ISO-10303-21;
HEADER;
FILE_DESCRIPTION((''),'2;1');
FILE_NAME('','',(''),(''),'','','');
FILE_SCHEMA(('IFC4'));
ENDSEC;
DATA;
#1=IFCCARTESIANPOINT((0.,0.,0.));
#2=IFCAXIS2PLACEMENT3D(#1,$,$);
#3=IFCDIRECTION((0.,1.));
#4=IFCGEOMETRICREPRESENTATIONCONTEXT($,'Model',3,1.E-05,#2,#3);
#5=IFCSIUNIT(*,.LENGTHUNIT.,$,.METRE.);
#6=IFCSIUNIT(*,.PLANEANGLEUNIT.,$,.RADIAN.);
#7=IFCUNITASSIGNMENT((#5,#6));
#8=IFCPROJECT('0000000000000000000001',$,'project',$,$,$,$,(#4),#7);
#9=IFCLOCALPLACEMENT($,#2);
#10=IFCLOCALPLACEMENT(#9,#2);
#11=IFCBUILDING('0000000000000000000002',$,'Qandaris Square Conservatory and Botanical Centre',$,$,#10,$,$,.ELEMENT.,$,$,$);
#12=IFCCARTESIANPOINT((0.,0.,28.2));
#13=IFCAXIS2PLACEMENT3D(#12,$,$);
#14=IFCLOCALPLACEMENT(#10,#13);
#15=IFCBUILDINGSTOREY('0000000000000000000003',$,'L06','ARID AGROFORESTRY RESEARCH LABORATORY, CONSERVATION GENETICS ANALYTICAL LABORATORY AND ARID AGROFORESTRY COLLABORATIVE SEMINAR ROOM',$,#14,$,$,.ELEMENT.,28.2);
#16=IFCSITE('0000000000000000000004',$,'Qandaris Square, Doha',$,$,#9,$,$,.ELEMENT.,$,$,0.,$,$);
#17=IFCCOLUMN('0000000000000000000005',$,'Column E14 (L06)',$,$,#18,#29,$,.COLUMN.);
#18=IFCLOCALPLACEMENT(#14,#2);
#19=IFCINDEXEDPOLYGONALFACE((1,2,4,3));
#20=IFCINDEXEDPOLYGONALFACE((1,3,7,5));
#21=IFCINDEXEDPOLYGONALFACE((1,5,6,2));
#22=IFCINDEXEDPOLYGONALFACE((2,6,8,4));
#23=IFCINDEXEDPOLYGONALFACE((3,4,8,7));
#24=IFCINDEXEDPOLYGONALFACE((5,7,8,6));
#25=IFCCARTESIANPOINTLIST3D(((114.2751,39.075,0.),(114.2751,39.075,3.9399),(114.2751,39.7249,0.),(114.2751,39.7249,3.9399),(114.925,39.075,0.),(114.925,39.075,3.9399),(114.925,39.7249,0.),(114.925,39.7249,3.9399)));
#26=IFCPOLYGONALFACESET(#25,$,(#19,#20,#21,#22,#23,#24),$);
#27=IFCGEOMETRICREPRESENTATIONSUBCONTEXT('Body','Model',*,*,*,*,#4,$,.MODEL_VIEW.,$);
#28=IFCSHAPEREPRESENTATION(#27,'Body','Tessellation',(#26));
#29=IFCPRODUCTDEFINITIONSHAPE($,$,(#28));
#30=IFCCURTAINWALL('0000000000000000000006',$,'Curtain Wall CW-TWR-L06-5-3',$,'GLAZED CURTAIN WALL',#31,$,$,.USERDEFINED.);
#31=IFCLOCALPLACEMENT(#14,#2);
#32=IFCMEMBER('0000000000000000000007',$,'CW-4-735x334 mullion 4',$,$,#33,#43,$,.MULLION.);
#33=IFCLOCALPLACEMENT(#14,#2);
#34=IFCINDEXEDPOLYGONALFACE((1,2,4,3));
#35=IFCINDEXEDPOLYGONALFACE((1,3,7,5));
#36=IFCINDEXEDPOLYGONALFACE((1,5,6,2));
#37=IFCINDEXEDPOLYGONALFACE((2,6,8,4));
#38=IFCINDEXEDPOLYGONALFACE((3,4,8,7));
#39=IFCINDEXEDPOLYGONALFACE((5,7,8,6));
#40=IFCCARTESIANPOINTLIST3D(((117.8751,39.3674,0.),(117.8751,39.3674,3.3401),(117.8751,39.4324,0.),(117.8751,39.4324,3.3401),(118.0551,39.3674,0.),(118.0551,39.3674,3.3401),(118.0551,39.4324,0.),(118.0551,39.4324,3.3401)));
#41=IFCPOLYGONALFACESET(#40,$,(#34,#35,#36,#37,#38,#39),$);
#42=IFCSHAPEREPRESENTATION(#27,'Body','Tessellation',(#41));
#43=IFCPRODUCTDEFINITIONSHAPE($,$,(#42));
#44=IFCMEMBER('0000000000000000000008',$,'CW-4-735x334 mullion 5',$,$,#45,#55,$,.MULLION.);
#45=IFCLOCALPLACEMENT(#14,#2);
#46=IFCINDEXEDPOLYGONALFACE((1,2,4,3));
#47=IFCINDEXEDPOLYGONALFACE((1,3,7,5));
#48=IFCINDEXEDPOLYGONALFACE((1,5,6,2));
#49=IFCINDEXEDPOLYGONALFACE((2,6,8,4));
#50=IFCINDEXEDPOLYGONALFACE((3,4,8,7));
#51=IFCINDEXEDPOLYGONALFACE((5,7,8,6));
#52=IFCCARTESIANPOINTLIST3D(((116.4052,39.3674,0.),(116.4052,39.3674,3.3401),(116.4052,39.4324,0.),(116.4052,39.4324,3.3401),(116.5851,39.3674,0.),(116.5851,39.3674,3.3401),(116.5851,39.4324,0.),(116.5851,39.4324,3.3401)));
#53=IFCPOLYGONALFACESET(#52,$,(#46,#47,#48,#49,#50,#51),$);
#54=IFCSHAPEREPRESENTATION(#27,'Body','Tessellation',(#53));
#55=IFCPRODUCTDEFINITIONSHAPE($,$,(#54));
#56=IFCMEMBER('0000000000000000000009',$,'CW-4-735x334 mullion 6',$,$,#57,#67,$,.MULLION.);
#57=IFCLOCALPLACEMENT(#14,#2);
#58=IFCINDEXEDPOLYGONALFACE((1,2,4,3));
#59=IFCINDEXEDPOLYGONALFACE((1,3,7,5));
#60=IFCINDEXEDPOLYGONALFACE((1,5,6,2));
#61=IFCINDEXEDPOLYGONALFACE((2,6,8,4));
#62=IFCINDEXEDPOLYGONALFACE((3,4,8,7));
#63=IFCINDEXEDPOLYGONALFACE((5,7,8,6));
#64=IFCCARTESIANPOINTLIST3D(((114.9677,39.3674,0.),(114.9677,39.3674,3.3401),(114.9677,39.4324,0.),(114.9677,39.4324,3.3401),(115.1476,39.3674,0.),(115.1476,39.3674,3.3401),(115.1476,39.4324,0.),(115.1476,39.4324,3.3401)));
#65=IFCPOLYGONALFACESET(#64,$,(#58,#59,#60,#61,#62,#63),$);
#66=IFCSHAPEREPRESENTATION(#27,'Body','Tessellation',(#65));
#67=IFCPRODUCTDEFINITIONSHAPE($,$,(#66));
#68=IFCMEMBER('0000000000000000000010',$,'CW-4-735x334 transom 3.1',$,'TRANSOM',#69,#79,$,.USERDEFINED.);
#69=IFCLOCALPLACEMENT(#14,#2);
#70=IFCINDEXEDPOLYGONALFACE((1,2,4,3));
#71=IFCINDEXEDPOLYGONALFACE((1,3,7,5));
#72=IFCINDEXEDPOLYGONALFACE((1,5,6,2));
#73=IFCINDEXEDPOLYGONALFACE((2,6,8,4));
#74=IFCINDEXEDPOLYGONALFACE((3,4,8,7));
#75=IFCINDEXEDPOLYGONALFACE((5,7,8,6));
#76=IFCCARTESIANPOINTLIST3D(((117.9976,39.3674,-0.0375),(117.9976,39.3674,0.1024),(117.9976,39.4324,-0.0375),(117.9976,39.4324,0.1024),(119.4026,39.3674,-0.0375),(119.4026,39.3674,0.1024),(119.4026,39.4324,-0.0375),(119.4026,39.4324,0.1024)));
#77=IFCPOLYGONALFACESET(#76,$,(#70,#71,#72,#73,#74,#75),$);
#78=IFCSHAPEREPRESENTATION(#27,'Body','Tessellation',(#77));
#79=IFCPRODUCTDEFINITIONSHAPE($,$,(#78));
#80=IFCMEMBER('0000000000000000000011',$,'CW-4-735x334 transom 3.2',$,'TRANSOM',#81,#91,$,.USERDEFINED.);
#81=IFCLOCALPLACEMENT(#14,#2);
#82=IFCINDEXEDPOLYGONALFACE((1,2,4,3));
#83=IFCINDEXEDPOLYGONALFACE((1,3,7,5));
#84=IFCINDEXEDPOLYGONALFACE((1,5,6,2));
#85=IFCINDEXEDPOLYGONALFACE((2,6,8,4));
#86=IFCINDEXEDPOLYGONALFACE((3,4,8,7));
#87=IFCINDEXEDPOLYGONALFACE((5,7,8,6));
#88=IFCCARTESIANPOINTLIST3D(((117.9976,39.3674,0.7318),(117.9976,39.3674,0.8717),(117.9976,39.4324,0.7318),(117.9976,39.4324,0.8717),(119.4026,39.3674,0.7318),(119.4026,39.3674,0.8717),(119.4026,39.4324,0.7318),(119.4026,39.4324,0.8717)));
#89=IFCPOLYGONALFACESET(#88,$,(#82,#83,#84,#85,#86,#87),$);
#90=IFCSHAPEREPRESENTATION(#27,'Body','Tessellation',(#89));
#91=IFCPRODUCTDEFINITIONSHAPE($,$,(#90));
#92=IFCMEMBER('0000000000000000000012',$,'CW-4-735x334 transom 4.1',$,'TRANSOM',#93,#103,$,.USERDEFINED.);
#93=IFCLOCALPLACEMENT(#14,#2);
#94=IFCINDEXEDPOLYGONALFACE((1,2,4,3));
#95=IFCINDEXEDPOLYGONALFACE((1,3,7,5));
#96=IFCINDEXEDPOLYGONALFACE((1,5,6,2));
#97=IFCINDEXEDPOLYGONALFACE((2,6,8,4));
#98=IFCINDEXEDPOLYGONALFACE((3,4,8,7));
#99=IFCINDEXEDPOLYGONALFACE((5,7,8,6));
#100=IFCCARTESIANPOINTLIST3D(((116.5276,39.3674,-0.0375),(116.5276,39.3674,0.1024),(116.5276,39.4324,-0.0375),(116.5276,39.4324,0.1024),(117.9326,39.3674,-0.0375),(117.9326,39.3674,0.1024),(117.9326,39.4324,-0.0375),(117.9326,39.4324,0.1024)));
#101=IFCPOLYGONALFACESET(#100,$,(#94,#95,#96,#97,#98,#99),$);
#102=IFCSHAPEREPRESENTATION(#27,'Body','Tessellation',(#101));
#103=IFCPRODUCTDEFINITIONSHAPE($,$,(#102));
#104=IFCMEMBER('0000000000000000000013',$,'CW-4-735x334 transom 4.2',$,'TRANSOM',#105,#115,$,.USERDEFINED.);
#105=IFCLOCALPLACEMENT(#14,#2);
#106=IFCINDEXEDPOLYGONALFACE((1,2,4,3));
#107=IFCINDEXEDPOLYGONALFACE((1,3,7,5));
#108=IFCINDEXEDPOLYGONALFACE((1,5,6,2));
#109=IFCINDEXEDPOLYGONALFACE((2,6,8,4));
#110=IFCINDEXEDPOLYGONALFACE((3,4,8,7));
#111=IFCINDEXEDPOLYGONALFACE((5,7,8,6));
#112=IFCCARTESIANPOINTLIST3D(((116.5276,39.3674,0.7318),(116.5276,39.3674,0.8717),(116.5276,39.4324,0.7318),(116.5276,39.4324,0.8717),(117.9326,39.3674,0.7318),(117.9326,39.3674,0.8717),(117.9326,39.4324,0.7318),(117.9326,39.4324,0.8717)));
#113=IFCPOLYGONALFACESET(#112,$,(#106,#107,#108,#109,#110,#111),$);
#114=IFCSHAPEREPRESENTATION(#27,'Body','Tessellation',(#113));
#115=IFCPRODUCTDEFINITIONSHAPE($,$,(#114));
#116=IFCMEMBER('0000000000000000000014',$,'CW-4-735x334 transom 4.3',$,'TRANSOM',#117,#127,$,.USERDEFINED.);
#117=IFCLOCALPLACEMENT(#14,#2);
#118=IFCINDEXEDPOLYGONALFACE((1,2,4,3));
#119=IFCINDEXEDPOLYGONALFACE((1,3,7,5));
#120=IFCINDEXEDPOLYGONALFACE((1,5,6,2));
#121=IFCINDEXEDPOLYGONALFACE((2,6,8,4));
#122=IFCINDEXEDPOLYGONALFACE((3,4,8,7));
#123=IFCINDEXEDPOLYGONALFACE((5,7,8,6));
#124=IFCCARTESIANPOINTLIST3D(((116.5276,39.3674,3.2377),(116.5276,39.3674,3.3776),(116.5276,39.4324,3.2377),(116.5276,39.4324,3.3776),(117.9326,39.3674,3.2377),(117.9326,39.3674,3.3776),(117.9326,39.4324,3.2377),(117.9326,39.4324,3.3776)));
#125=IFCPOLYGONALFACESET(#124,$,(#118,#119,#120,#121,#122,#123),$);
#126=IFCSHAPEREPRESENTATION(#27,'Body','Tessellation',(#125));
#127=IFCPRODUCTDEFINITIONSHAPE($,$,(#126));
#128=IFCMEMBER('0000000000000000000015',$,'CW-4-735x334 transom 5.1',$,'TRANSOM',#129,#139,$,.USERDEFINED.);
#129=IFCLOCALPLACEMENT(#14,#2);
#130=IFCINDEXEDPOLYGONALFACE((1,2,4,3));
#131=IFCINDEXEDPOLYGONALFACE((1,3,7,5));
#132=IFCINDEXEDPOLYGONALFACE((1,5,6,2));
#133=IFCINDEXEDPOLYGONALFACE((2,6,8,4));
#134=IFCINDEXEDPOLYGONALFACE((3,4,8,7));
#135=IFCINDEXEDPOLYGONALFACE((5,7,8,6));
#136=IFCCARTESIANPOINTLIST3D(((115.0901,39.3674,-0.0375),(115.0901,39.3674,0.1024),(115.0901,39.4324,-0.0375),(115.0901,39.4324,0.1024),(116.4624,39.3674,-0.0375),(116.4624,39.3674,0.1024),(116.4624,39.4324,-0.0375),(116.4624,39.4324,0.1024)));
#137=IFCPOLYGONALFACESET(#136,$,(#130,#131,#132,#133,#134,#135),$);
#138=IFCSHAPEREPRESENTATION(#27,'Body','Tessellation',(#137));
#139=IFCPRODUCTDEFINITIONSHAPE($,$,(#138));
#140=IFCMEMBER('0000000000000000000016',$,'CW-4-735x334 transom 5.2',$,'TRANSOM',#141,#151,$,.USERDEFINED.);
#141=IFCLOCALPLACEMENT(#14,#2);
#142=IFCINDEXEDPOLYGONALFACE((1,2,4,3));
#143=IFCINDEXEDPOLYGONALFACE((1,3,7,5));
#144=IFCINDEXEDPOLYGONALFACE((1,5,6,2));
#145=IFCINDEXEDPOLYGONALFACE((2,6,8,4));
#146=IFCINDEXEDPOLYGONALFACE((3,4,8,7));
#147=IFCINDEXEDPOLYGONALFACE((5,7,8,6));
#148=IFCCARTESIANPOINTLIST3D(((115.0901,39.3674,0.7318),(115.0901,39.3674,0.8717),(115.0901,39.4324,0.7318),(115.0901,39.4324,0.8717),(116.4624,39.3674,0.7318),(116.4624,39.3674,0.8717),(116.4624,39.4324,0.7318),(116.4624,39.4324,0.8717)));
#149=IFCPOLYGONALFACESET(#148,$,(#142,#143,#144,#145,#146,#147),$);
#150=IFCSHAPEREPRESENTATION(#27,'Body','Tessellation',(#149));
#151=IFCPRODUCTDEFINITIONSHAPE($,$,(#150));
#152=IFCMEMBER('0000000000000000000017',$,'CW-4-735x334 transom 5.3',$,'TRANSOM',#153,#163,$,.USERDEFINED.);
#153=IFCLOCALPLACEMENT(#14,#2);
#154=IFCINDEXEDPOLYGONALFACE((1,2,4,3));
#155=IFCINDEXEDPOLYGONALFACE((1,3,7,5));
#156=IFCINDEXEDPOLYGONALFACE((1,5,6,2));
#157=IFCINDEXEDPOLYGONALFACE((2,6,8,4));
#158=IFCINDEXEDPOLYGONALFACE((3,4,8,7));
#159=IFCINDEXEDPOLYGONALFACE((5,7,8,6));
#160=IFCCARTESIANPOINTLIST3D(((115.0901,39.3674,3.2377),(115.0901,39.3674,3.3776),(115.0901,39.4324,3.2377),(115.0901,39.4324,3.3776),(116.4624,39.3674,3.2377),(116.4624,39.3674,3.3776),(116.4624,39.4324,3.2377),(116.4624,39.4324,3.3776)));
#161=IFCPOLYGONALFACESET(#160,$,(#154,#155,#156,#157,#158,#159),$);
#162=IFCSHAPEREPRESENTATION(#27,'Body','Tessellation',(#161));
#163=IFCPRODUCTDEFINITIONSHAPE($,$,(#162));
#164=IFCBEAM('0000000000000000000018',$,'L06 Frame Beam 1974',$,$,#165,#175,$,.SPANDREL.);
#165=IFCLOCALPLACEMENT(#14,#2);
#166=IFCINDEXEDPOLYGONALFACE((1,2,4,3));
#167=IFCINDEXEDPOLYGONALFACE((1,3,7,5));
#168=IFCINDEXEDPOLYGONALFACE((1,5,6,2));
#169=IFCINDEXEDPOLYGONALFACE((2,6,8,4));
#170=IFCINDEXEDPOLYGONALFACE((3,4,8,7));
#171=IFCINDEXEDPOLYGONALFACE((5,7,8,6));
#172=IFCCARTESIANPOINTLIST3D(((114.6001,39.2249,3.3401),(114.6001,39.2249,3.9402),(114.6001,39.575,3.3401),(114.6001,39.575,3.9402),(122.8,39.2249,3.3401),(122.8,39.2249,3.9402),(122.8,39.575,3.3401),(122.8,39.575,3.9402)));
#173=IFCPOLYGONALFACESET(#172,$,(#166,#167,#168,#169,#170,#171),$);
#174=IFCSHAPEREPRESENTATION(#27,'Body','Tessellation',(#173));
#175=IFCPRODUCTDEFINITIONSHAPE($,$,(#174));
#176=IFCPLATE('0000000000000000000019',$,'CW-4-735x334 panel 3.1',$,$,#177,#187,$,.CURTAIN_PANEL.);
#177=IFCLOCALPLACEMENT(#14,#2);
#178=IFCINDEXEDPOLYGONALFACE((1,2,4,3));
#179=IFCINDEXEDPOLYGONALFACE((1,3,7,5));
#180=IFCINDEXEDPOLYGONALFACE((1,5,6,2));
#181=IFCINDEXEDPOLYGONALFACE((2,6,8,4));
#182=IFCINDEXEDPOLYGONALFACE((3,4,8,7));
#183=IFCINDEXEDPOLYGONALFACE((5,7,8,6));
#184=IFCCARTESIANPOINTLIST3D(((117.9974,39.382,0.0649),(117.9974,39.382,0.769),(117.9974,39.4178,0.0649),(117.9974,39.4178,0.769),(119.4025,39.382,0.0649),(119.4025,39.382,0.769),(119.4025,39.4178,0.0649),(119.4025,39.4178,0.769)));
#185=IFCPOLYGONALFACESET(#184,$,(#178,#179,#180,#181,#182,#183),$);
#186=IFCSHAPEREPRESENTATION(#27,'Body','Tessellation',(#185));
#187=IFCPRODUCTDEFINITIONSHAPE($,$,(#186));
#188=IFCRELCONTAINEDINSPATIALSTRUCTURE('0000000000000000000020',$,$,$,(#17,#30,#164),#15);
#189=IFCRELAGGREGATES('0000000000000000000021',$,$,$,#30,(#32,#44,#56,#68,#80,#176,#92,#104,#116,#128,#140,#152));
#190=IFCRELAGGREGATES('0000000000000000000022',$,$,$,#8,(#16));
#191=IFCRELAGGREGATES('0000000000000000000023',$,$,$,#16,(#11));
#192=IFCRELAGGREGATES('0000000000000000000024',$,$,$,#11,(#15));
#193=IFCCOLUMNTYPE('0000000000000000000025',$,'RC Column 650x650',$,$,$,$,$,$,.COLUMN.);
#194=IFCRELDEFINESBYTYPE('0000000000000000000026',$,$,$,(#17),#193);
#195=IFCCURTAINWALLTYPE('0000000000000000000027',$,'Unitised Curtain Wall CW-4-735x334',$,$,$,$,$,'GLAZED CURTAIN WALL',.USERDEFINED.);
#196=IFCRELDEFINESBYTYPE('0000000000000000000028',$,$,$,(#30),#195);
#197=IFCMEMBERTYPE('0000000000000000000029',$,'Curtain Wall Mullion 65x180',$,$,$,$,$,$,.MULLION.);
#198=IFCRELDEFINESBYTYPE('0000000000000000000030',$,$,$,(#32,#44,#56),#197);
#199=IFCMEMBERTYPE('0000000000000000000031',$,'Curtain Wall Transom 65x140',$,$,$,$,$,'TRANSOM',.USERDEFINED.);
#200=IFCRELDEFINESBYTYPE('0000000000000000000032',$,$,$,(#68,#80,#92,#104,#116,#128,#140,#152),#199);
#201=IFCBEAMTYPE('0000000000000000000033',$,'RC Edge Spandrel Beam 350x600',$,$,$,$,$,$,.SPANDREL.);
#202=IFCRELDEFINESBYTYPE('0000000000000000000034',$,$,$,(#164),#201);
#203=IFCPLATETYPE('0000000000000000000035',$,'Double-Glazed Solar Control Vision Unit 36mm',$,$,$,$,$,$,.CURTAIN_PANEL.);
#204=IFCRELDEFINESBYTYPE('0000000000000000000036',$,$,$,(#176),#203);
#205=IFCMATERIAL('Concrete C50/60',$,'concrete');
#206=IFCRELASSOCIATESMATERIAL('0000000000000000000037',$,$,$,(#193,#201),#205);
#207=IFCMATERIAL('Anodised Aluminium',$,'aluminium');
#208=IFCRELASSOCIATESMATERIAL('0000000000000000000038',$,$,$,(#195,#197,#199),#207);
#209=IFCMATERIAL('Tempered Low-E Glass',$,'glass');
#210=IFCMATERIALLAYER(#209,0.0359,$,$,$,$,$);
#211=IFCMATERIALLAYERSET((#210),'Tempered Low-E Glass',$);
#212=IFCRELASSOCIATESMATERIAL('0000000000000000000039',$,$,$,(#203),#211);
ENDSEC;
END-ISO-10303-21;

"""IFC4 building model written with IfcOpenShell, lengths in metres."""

from ifc_helpers import new_model, si_unit, direction, frame, origin, origin_2d, place, context, subcontext, project, spatial, rectangle, extrude, material, layer, layer_set, material_profile, profile_set, type_object, element, aggregate, save


model = new_model("IFC4")

# Units and contexts
model_context = context("Model", 3, precision=1e-05, world=origin(), true_north=direction((0.0, 1.0)))
body_context = subcontext(model_context, "Body", "Model", "MODEL_VIEW")
ifc_project = project(units=[si_unit("LENGTHUNIT", "METRE"), si_unit("PLANEANGLEUNIT", "RADIAN")], contexts=[model_context])

# Site, building, storey
site_placement = place(None, origin())
site = spatial("IfcSite", under=ifc_project, at=site_placement, Name="Qandaris Square, Doha", CompositionType="ELEMENT", RefElevation=0.0)
building_placement = place(site_placement, origin())
building = spatial("IfcBuilding", under=site, at=building_placement, Name="Qandaris Square Conservatory and Botanical Centre", CompositionType="ELEMENT")
storey_placement = place(building_placement, frame((0.0, 0.0, 28.2)))
storey = spatial("IfcBuildingStorey", under=building, at=storey_placement, Name="L06", Description="ARID AGROFORESTRY RESEARCH LABORATORY, CONSERVATION GENETICS ANALYTICAL LABORATORY AND ARID AGROFORESTRY COLLABORATIVE SEMINAR ROOM", CompositionType="ELEMENT", Elevation=28.2)

# Column
ifc_material_1 = material(Name="Concrete C50/60", Category="concrete")
ifc_material_profile_1 = material_profile(ifc_material_1, rectangle(XDim=0.6499, YDim=0.6499, at=origin_2d()), Name="RC-COL 650x650")
ifc_profile_set_1 = profile_set([ifc_material_profile_1], Name="Concrete C50/60")
column_type = type_object("IfcColumnType", Name="RC Column 650x650", PredefinedType="COLUMN", material=ifc_profile_set_1)
column_placement = place(storey_placement, frame((114.6001, 39.3999, 0.0), z_axis=(0.0, 0.0, 1.0), x_axis=(1.0, 0.0, 0.0)))
element("IfcColumn", 1, at=column_placement, inside=storey, type_object=column_type, Name="Column E14 (L06)", PredefinedType="COLUMN", context=body_context, shape_type="SweptSolid", body=[
    extrude(rectangle(XDim=0.6499, YDim=0.6499, at=origin_2d()), origin(), (0.0, 0.0, 1.0), 3.9399),
])

# Curtain wall, members
ifc_material_2 = material(Name="Anodised Aluminium", Category="aluminium")
curtain_wall_type = type_object("IfcCurtainWallType", Name="Unitised Curtain Wall CW-4-735x334", ElementType="GLAZED CURTAIN WALL", PredefinedType="USERDEFINED", material=ifc_material_2)
curtain_wall_placement = place(storey_placement, origin())
curtain_wall = element("IfcCurtainWall", 2, at=curtain_wall_placement, inside=storey, type_object=curtain_wall_type, Name="Curtain Wall CW-TWR-L06-5-3", ObjectType="GLAZED CURTAIN WALL", PredefinedType="USERDEFINED")
ifc_material_profile_2 = material_profile(ifc_material_2, rectangle(XDim=0.0649, YDim=0.1799, at=origin_2d()), Name="ALU-MUL 65x180")
ifc_profile_set_2 = profile_set([ifc_material_profile_2], Name="Anodised Aluminium")
member_type_1 = type_object("IfcMemberType", Name="Curtain Wall Mullion 65x180", PredefinedType="MULLION", material=ifc_profile_set_2)
member_1_placement = place(storey_placement, frame((117.9651, 39.3999, 0.0), z_axis=(0.0, 0.0, 1.0), x_axis=(0.0, -1.0, 0.0)))
member_1 = element("IfcMember", 3, at=member_1_placement, type_object=member_type_1, Name="CW-4-735x334 mullion 4", PredefinedType="MULLION", context=body_context, shape_type="SweptSolid", body=[
    extrude(rectangle(XDim=0.0649, YDim=0.1799, at=origin_2d()), origin(), (0.0, 0.0, 1.0), 3.3401),
])
member_2_placement = place(storey_placement, frame((116.4951, 39.3999, 0.0), z_axis=(0.0, 0.0, 1.0), x_axis=(0.0, -1.0, 0.0)))
member_2 = element("IfcMember", 4, at=member_2_placement, type_object=member_type_1, Name="CW-4-735x334 mullion 5", PredefinedType="MULLION", context=body_context, shape_type="SweptSolid", body=[
    extrude(rectangle(XDim=0.0649, YDim=0.1799, at=origin_2d()), origin(), (0.0, 0.0, 1.0), 3.3401),
])
member_3_placement = place(storey_placement, frame((115.0576, 39.3999, 0.0), z_axis=(0.0, 0.0, 1.0), x_axis=(0.0, -1.0, 0.0)))
member_3 = element("IfcMember", 5, at=member_3_placement, type_object=member_type_1, Name="CW-4-735x334 mullion 6", PredefinedType="MULLION", context=body_context, shape_type="SweptSolid", body=[
    extrude(rectangle(XDim=0.0649, YDim=0.1799, at=origin_2d()), origin(), (0.0, 0.0, 1.0), 3.3401),
])
ifc_material_profile_3 = material_profile(ifc_material_2, rectangle(XDim=0.0649, YDim=0.1399, at=origin_2d()), Name="ALU-TRN 65x140")
ifc_profile_set_3 = profile_set([ifc_material_profile_3], Name="Anodised Aluminium")
member_type_2 = type_object("IfcMemberType", Name="Curtain Wall Transom 65x140", ElementType="TRANSOM", PredefinedType="USERDEFINED", material=ifc_profile_set_3)
member_4_placement = place(storey_placement, frame((119.4026, 39.3999, 0.0325), z_axis=(-1.0, 0.0, 0.0), x_axis=(0.0, -1.0, 0.0)))
member_4 = element("IfcMember", 6, at=member_4_placement, type_object=member_type_2, Name="CW-4-735x334 transom 3.1", ObjectType="TRANSOM", PredefinedType="USERDEFINED", context=body_context, shape_type="SweptSolid", body=[
    extrude(rectangle(XDim=0.0649, YDim=0.1399, at=origin_2d()), origin(), (0.0, 0.0, 1.0), 1.405),
])
member_5_placement = place(storey_placement, frame((119.4026, 39.3999, 0.8018), z_axis=(-1.0, 0.0, 0.0), x_axis=(0.0, -1.0, 0.0)))
member_5 = element("IfcMember", 7, at=member_5_placement, type_object=member_type_2, Name="CW-4-735x334 transom 3.2", ObjectType="TRANSOM", PredefinedType="USERDEFINED", context=body_context, shape_type="SweptSolid", body=[
    extrude(rectangle(XDim=0.0649, YDim=0.1399, at=origin_2d()), origin(), (0.0, 0.0, 1.0), 1.405),
])
member_6_placement = place(storey_placement, frame((117.9326, 39.3999, 0.0325), z_axis=(-1.0, 0.0, 0.0), x_axis=(0.0, -1.0, 0.0)))
member_6 = element("IfcMember", 8, at=member_6_placement, type_object=member_type_2, Name="CW-4-735x334 transom 4.1", ObjectType="TRANSOM", PredefinedType="USERDEFINED", context=body_context, shape_type="SweptSolid", body=[
    extrude(rectangle(XDim=0.0649, YDim=0.1399, at=origin_2d()), origin(), (0.0, 0.0, 1.0), 1.405),
])
member_7_placement = place(storey_placement, frame((117.9326, 39.3999, 0.8018), z_axis=(-1.0, 0.0, 0.0), x_axis=(0.0, -1.0, 0.0)))
member_7 = element("IfcMember", 9, at=member_7_placement, type_object=member_type_2, Name="CW-4-735x334 transom 4.2", ObjectType="TRANSOM", PredefinedType="USERDEFINED", context=body_context, shape_type="SweptSolid", body=[
    extrude(rectangle(XDim=0.0649, YDim=0.1399, at=origin_2d()), origin(), (0.0, 0.0, 1.0), 1.405),
])
member_8_placement = place(storey_placement, frame((117.9326, 39.3999, 3.3076), z_axis=(-1.0, 0.0, 0.0), x_axis=(0.0, -1.0, 0.0)))
member_8 = element("IfcMember", 10, at=member_8_placement, type_object=member_type_2, Name="CW-4-735x334 transom 4.3", ObjectType="TRANSOM", PredefinedType="USERDEFINED", context=body_context, shape_type="SweptSolid", body=[
    extrude(rectangle(XDim=0.0649, YDim=0.1399, at=origin_2d()), origin(), (0.0, 0.0, 1.0), 1.405),
])
member_9_placement = place(storey_placement, frame((116.4624, 39.3999, 0.0325), z_axis=(-1.0, 0.0, 0.0), x_axis=(0.0, -1.0, 0.0)))
member_9 = element("IfcMember", 11, at=member_9_placement, type_object=member_type_2, Name="CW-4-735x334 transom 5.1", ObjectType="TRANSOM", PredefinedType="USERDEFINED", context=body_context, shape_type="SweptSolid", body=[
    extrude(rectangle(XDim=0.0649, YDim=0.1399, at=origin_2d()), origin(), (0.0, 0.0, 1.0), 1.3723),
])
member_10_placement = place(storey_placement, frame((116.4624, 39.3999, 0.8018), z_axis=(-1.0, 0.0, 0.0), x_axis=(0.0, -1.0, 0.0)))
member_10 = element("IfcMember", 12, at=member_10_placement, type_object=member_type_2, Name="CW-4-735x334 transom 5.2", ObjectType="TRANSOM", PredefinedType="USERDEFINED", context=body_context, shape_type="SweptSolid", body=[
    extrude(rectangle(XDim=0.0649, YDim=0.1399, at=origin_2d()), origin(), (0.0, 0.0, 1.0), 1.3723),
])
member_11_placement = place(storey_placement, frame((116.4624, 39.3999, 3.3076), z_axis=(-1.0, 0.0, 0.0), x_axis=(0.0, -1.0, 0.0)))
member_11 = element("IfcMember", 13, at=member_11_placement, type_object=member_type_2, Name="CW-4-735x334 transom 5.3", ObjectType="TRANSOM", PredefinedType="USERDEFINED", context=body_context, shape_type="SweptSolid", body=[
    extrude(rectangle(XDim=0.0649, YDim=0.1399, at=origin_2d()), origin(), (0.0, 0.0, 1.0), 1.3723),
])

# Beam
ifc_material_profile_4 = material_profile(ifc_material_1, rectangle(XDim=0.3501, YDim=0.6001, at=origin_2d()), Name="RC-SP 350x600")
ifc_profile_set_4 = profile_set([ifc_material_profile_4], Name="Concrete C50/60")
beam_type = type_object("IfcBeamType", Name="RC Edge Spandrel Beam 350x600", PredefinedType="SPANDREL", material=ifc_profile_set_4)
beam_placement = place(storey_placement, frame((114.6001, 39.3999, 3.6401), z_axis=(1.0, 0.0, 0.0), x_axis=(0.0, 1.0, 0.0)))
element("IfcBeam", 14, at=beam_placement, inside=storey, type_object=beam_type, Name="L06 Frame Beam 1974", PredefinedType="SPANDREL", context=body_context, shape_type="SweptSolid", body=[
    extrude(rectangle(XDim=0.3501, YDim=0.6001, at=origin_2d()), origin(), (0.0, 0.0, 1.0), 8.2),
])

# Plate
ifc_material_3 = material(Name="Tempered Low-E Glass", Category="glass")
ifc_layer = layer(ifc_material_3, 0.0359)
ifc_layer_set = layer_set([ifc_layer], Name="Tempered Low-E Glass")
plate_type = type_object("IfcPlateType", Name="Double-Glazed Solar Control Vision Unit 36mm", PredefinedType="CURTAIN_PANEL", material=ifc_layer_set)
plate_1_placement = place(storey_placement, frame((118.7, 39.3999, 0.0649), z_axis=(0.0, 0.0, 1.0), x_axis=(-1.0, 0.0, 0.0)))
plate_1 = element("IfcPlate", 15, at=plate_1_placement, type_object=plate_type, Name="CW-4-735x334 panel 3.1", PredefinedType="CURTAIN_PANEL", context=body_context, shape_type="SweptSolid", body=[
    extrude(rectangle(XDim=1.405, YDim=0.0359, at=origin_2d()), origin(), (0.0, 0.0, 1.0), 0.7041),
])
aggregate(curtain_wall, [member_1, member_2, member_3, member_4, member_5, plate_1, member_6, member_7, member_8, member_9, member_10, member_11])

save(model, "model.ifc")
